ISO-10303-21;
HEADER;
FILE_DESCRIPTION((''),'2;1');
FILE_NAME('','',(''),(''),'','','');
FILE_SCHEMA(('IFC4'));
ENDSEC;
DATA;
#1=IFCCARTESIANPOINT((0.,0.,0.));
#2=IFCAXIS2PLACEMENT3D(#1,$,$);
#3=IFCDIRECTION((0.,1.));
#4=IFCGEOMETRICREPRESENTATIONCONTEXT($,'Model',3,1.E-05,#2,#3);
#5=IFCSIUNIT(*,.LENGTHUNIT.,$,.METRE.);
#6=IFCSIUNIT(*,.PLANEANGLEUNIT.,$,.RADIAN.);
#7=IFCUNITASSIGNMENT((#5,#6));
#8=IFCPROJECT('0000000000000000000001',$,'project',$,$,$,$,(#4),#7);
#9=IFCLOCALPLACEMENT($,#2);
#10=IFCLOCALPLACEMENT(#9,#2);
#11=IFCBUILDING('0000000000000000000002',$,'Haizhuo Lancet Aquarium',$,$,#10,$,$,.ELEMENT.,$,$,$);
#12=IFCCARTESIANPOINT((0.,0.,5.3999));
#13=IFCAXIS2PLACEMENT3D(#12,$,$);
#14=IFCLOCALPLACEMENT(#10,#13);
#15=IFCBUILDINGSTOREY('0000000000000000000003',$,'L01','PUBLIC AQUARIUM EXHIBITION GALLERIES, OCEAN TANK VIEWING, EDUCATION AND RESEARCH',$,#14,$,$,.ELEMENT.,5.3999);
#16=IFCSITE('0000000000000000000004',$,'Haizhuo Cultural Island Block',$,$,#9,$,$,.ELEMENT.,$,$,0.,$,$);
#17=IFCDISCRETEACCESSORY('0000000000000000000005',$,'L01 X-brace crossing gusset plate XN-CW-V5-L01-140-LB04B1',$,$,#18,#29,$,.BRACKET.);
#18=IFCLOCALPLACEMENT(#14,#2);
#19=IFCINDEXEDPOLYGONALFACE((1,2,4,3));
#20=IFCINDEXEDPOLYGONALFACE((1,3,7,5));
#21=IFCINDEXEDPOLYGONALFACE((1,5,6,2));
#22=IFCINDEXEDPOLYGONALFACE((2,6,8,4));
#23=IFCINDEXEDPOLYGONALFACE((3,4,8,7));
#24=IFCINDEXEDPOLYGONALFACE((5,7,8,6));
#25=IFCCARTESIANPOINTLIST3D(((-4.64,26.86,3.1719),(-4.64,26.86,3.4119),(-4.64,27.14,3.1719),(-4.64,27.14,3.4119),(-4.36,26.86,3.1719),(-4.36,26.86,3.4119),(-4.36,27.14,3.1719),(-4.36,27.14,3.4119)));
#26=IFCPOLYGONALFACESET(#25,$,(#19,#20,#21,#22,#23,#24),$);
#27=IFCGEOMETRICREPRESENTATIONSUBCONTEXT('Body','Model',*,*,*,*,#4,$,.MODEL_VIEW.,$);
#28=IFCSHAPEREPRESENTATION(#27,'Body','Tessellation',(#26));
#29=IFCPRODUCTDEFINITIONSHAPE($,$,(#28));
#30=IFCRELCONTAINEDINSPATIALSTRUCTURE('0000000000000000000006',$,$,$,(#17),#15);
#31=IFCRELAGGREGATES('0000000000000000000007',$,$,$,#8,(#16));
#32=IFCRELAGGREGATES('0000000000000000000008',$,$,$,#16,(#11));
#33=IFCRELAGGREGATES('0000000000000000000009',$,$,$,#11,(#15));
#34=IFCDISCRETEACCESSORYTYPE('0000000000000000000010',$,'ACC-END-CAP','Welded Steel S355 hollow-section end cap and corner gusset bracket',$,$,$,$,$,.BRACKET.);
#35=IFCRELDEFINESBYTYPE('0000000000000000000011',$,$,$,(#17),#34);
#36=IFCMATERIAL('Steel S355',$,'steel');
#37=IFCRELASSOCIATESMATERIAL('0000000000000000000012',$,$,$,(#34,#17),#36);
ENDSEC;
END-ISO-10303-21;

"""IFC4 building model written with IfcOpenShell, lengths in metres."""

from ifc_helpers import new_model, si_unit, direction, frame, origin, origin_2d, place, context, subcontext, project, spatial, rectangle, extrude, material, type_object, element, save


model = new_model("IFC4")

# Units and contexts
model_context = context("Model", 3, precision=1e-05, world=origin(), true_north=direction((0.0, 1.0)))
body_context = subcontext(model_context, "Body", "Model", "MODEL_VIEW")
ifc_project = project(units=[si_unit("LENGTHUNIT", "METRE"), si_unit("PLANEANGLEUNIT", "RADIAN")], contexts=[model_context])

# Site, building, storey
site_placement = place(None, origin())
site = spatial("IfcSite", under=ifc_project, at=site_placement, Name="Haizhuo Cultural Island Block", CompositionType="ELEMENT", RefElevation=0.0)
building_placement = place(site_placement, origin())
building = spatial("IfcBuilding", under=site, at=building_placement, Name="Haizhuo Lancet Aquarium", CompositionType="ELEMENT")
storey_placement = place(building_placement, frame((0.0, 0.0, 5.3999)))
storey = spatial("IfcBuildingStorey", under=building, at=storey_placement, Name="L01", Description="PUBLIC AQUARIUM EXHIBITION GALLERIES, OCEAN TANK VIEWING, EDUCATION AND RESEARCH", CompositionType="ELEMENT", Elevation=5.3999)

# Shared definitions
ifc_material_1 = material(Name="Steel S355", Category="steel")

# Discrete accessory
discrete_accessory_type = type_object("IfcDiscreteAccessoryType", Name="ACC-END-CAP", Description="Welded Steel S355 hollow-section end cap and corner gusset bracket", PredefinedType="BRACKET", material=ifc_material_1)
for number, where, z_axis, x_axis, name in (
    (1, (-4.5, 27.0, 3.1719), (0.0, 0.0, 1.0), (1.0, 0.0, 0.0), "L01 X-brace crossing gusset plate XN-CW-V5-L01-140-LB04B1"),
):
    element("IfcDiscreteAccessory", number, at=place(storey_placement, frame(where, z_axis=z_axis, x_axis=x_axis)), inside=storey, type_object=discrete_accessory_type, material=ifc_material_1, Name=name, PredefinedType="BRACKET", context=body_context, shape_type="SweptSolid", body=[
        extrude(rectangle(XDim=0.28, YDim=0.28, at=origin_2d()), origin(), (0.0, 0.0, 1.0), 0.24),
    ])

save(model, "model.ifc")
